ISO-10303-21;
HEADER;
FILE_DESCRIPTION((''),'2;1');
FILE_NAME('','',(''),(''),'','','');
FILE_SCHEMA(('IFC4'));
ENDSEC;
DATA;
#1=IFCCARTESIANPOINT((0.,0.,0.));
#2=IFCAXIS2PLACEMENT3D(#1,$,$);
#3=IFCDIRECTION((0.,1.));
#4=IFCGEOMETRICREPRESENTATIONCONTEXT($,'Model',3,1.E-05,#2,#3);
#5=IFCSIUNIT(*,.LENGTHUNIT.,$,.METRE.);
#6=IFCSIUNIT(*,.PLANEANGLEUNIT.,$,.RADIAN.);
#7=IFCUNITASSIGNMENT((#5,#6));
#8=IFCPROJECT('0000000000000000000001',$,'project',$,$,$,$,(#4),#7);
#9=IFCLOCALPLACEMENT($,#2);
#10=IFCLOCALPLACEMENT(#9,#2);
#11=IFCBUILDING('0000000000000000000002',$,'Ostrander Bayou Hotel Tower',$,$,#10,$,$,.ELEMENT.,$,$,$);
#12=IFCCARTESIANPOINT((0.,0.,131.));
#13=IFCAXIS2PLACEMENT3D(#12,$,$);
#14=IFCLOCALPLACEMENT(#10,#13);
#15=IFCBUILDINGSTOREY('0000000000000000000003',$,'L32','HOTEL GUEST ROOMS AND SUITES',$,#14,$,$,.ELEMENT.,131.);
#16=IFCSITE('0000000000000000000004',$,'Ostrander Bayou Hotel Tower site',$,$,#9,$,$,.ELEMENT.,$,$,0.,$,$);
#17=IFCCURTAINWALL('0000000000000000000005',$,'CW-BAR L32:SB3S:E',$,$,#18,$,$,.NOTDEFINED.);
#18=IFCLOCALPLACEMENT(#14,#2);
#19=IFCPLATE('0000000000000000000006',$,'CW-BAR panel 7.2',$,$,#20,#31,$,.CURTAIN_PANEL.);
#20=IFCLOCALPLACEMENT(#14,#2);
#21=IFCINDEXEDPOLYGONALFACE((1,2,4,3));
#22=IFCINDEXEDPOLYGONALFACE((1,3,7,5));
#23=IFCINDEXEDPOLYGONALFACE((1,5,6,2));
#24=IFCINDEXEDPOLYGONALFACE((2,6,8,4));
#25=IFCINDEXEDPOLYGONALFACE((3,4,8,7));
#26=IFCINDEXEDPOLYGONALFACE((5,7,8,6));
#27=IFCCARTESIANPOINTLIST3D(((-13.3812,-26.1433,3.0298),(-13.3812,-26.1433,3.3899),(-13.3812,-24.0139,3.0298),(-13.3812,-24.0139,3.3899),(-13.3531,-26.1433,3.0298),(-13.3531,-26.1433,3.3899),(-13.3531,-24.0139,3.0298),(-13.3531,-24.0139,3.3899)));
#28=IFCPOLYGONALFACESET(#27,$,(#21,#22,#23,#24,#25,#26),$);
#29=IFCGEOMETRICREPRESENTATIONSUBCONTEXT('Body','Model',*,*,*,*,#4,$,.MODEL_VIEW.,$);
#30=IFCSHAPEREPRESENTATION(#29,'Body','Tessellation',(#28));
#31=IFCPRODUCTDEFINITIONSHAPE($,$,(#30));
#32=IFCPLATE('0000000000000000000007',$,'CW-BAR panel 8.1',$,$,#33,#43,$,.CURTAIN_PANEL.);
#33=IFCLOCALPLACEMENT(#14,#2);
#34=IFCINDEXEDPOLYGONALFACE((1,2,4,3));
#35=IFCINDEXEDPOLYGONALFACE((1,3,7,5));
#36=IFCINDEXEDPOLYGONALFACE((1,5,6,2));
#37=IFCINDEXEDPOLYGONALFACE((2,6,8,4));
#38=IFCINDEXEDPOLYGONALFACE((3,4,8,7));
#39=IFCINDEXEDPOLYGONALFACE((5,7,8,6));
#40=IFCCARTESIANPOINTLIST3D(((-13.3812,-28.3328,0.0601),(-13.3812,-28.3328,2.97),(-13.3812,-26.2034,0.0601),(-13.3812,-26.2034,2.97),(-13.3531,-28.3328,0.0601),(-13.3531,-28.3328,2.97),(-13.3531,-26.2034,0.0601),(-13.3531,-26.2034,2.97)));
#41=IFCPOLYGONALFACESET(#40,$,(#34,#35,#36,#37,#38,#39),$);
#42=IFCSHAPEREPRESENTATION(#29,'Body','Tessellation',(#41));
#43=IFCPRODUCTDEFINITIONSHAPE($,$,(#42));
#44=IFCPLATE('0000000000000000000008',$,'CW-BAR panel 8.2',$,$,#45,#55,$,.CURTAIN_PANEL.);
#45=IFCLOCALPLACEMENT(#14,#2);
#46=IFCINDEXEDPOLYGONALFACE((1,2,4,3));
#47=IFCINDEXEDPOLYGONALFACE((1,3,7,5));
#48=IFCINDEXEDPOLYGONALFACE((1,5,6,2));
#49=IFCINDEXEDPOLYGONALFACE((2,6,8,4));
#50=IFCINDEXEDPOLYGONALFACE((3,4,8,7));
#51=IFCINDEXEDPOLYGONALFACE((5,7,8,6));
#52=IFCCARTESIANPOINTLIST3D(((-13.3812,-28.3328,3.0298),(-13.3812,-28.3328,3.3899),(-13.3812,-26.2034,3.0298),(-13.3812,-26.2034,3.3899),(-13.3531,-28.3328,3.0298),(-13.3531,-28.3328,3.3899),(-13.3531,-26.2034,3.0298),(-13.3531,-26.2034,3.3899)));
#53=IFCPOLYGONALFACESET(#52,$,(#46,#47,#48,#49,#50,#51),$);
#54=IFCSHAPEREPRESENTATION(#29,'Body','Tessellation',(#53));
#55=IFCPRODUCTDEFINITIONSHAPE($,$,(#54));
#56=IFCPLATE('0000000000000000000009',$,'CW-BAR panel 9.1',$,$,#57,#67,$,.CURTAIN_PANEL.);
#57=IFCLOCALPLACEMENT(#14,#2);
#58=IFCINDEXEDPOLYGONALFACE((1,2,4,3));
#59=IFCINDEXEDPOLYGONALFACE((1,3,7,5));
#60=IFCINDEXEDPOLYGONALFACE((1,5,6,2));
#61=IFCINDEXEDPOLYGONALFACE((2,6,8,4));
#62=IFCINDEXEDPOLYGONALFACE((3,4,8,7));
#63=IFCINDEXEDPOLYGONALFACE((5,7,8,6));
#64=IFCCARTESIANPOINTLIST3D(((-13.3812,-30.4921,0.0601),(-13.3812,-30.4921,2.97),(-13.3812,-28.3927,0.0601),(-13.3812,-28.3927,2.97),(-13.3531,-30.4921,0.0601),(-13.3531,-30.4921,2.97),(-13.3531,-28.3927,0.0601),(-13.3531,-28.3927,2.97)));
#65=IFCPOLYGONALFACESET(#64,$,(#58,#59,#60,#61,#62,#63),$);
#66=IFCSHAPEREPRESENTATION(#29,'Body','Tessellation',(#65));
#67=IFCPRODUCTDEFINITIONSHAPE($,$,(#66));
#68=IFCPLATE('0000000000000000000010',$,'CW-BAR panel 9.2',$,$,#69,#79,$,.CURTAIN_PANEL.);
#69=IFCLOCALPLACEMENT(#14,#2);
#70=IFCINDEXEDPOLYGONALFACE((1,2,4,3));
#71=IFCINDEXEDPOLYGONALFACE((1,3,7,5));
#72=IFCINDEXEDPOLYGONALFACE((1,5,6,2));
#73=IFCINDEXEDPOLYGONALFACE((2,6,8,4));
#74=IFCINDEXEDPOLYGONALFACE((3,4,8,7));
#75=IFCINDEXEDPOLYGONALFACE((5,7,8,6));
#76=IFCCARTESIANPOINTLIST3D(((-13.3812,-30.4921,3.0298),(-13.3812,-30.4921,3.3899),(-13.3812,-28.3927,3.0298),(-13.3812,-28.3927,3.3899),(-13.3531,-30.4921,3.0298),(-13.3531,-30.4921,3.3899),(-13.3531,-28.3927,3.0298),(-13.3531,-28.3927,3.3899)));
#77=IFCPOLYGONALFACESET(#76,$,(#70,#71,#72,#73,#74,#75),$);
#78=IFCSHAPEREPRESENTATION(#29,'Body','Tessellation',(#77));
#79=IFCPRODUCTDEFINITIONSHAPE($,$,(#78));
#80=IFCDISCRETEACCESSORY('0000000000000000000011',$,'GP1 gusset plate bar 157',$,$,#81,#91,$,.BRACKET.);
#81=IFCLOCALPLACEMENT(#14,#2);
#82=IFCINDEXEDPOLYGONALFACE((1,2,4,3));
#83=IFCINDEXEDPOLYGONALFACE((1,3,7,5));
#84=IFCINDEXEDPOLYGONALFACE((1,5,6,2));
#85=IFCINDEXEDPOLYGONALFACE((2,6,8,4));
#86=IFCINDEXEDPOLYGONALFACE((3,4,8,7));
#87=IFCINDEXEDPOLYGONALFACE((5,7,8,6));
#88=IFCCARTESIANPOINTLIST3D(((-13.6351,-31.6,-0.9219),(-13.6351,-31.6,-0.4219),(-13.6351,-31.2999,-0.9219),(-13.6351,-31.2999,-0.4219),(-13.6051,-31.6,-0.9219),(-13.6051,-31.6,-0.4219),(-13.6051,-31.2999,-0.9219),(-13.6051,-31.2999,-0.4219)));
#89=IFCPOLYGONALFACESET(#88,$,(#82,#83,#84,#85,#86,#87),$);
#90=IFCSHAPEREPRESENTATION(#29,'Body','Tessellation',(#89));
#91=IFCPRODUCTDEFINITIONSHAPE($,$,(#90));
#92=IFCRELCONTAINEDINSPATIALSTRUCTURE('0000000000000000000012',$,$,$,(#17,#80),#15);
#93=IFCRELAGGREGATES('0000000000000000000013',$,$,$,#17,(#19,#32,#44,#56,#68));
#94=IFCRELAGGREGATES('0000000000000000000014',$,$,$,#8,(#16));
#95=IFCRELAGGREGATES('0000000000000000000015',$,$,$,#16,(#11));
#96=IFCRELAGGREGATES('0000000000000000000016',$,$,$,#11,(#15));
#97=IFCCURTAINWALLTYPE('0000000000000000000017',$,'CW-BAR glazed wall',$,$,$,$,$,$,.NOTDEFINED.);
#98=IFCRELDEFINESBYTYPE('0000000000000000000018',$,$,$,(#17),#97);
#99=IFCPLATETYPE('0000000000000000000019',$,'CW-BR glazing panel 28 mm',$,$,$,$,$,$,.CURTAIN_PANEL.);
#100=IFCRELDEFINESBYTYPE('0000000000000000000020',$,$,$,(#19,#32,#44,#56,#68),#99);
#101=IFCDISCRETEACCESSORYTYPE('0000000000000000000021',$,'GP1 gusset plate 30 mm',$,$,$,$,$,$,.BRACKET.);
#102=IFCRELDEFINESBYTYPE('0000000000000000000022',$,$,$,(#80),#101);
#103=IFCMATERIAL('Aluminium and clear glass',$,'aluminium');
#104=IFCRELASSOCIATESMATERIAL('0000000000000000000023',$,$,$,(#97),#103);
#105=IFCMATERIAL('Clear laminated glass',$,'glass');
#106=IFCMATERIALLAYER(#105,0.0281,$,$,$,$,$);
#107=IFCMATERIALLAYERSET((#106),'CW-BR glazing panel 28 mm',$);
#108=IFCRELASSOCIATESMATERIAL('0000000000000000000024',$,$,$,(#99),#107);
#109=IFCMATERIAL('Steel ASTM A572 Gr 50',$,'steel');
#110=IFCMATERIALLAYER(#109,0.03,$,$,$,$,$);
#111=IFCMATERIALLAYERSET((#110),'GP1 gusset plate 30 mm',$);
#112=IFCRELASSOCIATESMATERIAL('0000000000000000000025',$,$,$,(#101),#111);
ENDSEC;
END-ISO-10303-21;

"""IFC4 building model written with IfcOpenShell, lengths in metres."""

from ifc_helpers import new_model, si_unit, direction, frame, origin, origin_2d, place, context, subcontext, project, spatial, rectangle, extrude, material, layer, layer_set, type_object, element, aggregate, save


model = new_model("IFC4")

# Units and contexts
model_context = context("Model", 3, precision=1e-05, world=origin(), true_north=direction((0.0, 1.0)))
body_context = subcontext(model_context, "Body", "Model", "MODEL_VIEW")
ifc_project = project(units=[si_unit("LENGTHUNIT", "METRE"), si_unit("PLANEANGLEUNIT", "RADIAN")], contexts=[model_context])

# Site, building, storey
site_placement = place(None, origin())
site = spatial("IfcSite", under=ifc_project, at=site_placement, Name="Ostrander Bayou Hotel Tower site", CompositionType="ELEMENT", RefElevation=0.0)
building_placement = place(site_placement, origin())
building = spatial("IfcBuilding", under=site, at=building_placement, Name="Ostrander Bayou Hotel Tower", CompositionType="ELEMENT")
storey_placement = place(building_placement, frame((0.0, 0.0, 131.0)))
storey = spatial("IfcBuildingStorey", under=building, at=storey_placement, Name="L32", Description="HOTEL GUEST ROOMS AND SUITES", CompositionType="ELEMENT", Elevation=131.0)

# Curtain wall
ifc_material_1 = material(Name="Aluminium and clear glass", Category="aluminium")
curtain_wall_type = type_object("IfcCurtainWallType", Name="CW-BAR glazed wall", PredefinedType="NOTDEFINED", material=ifc_material_1)
curtain_wall_1_placement = place(storey_placement, origin())
curtain_wall_1 = element("IfcCurtainWall", 1, at=curtain_wall_1_placement, inside=storey, type_object=curtain_wall_type, Name="CW-BAR L32:SB3S:E", PredefinedType="NOTDEFINED")

# Plates
ifc_material_2 = material(Name="Clear laminated glass", Category="glass")
ifc_layer_1 = layer(ifc_material_2, 0.0281)
ifc_layer_set_1 = layer_set([ifc_layer_1], Name="CW-BR glazing panel 28 mm")
plate_type = type_object("IfcPlateType", Name="CW-BR glazing panel 28 mm", PredefinedType="CURTAIN_PANEL", material=ifc_layer_set_1)
plate_1_placement = place(storey_placement, frame((-13.3672, -25.0786, 3.0298), z_axis=(0.0, 0.0, 1.0), x_axis=(0.0, -1.0, 0.0)))
plate_1 = element("IfcPlate", 2, at=plate_1_placement, type_object=plate_type, Name="CW-BAR panel 7.2", PredefinedType="CURTAIN_PANEL", context=body_context, shape_type="SweptSolid", body=[
    extrude(rectangle(XDim=2.1294, YDim=0.0281, at=origin_2d()), origin(), (0.0, 0.0, 1.0), 0.3601),
])
plate_2_placement = place(storey_placement, frame((-13.3672, -27.2681, 0.0601), z_axis=(0.0, 0.0, 1.0), x_axis=(0.0, -1.0, 0.0)))
plate_2 = element("IfcPlate", 3, at=plate_2_placement, type_object=plate_type, Name="CW-BAR panel 8.1", PredefinedType="CURTAIN_PANEL", context=body_context, shape_type="SweptSolid", body=[
    extrude(rectangle(XDim=2.1294, YDim=0.0281, at=origin_2d()), origin(), (0.0, 0.0, 1.0), 2.9099),
])
plate_3_placement = place(storey_placement, frame((-13.3672, -27.2681, 3.0298), z_axis=(0.0, 0.0, 1.0), x_axis=(0.0, -1.0, 0.0)))
plate_3 = element("IfcPlate", 4, at=plate_3_placement, type_object=plate_type, Name="CW-BAR panel 8.2", PredefinedType="CURTAIN_PANEL", context=body_context, shape_type="SweptSolid", body=[
    extrude(rectangle(XDim=2.1294, YDim=0.0281, at=origin_2d()), origin(), (0.0, 0.0, 1.0), 0.3601),
])
plate_4_placement = place(storey_placement, frame((-13.3672, -29.4424, 0.0601), z_axis=(0.0, 0.0, 1.0), x_axis=(0.0, -1.0, 0.0)))
plate_4 = element("IfcPlate", 5, at=plate_4_placement, type_object=plate_type, Name="CW-BAR panel 9.1", PredefinedType="CURTAIN_PANEL", context=body_context, shape_type="SweptSolid", body=[
    extrude(rectangle(XDim=2.0994, YDim=0.0281, at=origin_2d()), origin(), (0.0, 0.0, 1.0), 2.9099),
])
plate_5_placement = place(storey_placement, frame((-13.3672, -29.4424, 3.0298), z_axis=(0.0, 0.0, 1.0), x_axis=(0.0, -1.0, 0.0)))
plate_5 = element("IfcPlate", 6, at=plate_5_placement, type_object=plate_type, Name="CW-BAR panel 9.2", PredefinedType="CURTAIN_PANEL", context=body_context, shape_type="SweptSolid", body=[
    extrude(rectangle(XDim=2.0994, YDim=0.0281, at=origin_2d()), origin(), (0.0, 0.0, 1.0), 0.3601),
])
aggregate(curtain_wall_1, [plate_1, plate_2, plate_3, plate_4, plate_5])

# Discrete accessory
ifc_material_3 = material(Name="Steel ASTM A572 Gr 50", Category="steel")
ifc_layer_2 = layer(ifc_material_3, 0.03)
ifc_layer_set_2 = layer_set([ifc_layer_2], Name="GP1 gusset plate 30 mm")
discrete_accessory_type = type_object("IfcDiscreteAccessoryType", Name="GP1 gusset plate 30 mm", PredefinedType="BRACKET", material=ifc_layer_set_2)
discrete_accessory_placement = place(storey_placement, frame((-13.6201, -31.45, -0.9219), z_axis=(0.0, 0.0, 1.0), x_axis=(0.0, 1.0, 0.0)))
element("IfcDiscreteAccessory", 7, at=discrete_accessory_placement, inside=storey, type_object=discrete_accessory_type, Name="GP1 gusset plate bar 157", PredefinedType="BRACKET", context=body_context, shape_type="SweptSolid", body=[
    extrude(rectangle(XDim=0.3, YDim=0.03, at=origin_2d()), origin(), (0.0, 0.0, 1.0), 0.5),
])

save(model, "model.ifc")
